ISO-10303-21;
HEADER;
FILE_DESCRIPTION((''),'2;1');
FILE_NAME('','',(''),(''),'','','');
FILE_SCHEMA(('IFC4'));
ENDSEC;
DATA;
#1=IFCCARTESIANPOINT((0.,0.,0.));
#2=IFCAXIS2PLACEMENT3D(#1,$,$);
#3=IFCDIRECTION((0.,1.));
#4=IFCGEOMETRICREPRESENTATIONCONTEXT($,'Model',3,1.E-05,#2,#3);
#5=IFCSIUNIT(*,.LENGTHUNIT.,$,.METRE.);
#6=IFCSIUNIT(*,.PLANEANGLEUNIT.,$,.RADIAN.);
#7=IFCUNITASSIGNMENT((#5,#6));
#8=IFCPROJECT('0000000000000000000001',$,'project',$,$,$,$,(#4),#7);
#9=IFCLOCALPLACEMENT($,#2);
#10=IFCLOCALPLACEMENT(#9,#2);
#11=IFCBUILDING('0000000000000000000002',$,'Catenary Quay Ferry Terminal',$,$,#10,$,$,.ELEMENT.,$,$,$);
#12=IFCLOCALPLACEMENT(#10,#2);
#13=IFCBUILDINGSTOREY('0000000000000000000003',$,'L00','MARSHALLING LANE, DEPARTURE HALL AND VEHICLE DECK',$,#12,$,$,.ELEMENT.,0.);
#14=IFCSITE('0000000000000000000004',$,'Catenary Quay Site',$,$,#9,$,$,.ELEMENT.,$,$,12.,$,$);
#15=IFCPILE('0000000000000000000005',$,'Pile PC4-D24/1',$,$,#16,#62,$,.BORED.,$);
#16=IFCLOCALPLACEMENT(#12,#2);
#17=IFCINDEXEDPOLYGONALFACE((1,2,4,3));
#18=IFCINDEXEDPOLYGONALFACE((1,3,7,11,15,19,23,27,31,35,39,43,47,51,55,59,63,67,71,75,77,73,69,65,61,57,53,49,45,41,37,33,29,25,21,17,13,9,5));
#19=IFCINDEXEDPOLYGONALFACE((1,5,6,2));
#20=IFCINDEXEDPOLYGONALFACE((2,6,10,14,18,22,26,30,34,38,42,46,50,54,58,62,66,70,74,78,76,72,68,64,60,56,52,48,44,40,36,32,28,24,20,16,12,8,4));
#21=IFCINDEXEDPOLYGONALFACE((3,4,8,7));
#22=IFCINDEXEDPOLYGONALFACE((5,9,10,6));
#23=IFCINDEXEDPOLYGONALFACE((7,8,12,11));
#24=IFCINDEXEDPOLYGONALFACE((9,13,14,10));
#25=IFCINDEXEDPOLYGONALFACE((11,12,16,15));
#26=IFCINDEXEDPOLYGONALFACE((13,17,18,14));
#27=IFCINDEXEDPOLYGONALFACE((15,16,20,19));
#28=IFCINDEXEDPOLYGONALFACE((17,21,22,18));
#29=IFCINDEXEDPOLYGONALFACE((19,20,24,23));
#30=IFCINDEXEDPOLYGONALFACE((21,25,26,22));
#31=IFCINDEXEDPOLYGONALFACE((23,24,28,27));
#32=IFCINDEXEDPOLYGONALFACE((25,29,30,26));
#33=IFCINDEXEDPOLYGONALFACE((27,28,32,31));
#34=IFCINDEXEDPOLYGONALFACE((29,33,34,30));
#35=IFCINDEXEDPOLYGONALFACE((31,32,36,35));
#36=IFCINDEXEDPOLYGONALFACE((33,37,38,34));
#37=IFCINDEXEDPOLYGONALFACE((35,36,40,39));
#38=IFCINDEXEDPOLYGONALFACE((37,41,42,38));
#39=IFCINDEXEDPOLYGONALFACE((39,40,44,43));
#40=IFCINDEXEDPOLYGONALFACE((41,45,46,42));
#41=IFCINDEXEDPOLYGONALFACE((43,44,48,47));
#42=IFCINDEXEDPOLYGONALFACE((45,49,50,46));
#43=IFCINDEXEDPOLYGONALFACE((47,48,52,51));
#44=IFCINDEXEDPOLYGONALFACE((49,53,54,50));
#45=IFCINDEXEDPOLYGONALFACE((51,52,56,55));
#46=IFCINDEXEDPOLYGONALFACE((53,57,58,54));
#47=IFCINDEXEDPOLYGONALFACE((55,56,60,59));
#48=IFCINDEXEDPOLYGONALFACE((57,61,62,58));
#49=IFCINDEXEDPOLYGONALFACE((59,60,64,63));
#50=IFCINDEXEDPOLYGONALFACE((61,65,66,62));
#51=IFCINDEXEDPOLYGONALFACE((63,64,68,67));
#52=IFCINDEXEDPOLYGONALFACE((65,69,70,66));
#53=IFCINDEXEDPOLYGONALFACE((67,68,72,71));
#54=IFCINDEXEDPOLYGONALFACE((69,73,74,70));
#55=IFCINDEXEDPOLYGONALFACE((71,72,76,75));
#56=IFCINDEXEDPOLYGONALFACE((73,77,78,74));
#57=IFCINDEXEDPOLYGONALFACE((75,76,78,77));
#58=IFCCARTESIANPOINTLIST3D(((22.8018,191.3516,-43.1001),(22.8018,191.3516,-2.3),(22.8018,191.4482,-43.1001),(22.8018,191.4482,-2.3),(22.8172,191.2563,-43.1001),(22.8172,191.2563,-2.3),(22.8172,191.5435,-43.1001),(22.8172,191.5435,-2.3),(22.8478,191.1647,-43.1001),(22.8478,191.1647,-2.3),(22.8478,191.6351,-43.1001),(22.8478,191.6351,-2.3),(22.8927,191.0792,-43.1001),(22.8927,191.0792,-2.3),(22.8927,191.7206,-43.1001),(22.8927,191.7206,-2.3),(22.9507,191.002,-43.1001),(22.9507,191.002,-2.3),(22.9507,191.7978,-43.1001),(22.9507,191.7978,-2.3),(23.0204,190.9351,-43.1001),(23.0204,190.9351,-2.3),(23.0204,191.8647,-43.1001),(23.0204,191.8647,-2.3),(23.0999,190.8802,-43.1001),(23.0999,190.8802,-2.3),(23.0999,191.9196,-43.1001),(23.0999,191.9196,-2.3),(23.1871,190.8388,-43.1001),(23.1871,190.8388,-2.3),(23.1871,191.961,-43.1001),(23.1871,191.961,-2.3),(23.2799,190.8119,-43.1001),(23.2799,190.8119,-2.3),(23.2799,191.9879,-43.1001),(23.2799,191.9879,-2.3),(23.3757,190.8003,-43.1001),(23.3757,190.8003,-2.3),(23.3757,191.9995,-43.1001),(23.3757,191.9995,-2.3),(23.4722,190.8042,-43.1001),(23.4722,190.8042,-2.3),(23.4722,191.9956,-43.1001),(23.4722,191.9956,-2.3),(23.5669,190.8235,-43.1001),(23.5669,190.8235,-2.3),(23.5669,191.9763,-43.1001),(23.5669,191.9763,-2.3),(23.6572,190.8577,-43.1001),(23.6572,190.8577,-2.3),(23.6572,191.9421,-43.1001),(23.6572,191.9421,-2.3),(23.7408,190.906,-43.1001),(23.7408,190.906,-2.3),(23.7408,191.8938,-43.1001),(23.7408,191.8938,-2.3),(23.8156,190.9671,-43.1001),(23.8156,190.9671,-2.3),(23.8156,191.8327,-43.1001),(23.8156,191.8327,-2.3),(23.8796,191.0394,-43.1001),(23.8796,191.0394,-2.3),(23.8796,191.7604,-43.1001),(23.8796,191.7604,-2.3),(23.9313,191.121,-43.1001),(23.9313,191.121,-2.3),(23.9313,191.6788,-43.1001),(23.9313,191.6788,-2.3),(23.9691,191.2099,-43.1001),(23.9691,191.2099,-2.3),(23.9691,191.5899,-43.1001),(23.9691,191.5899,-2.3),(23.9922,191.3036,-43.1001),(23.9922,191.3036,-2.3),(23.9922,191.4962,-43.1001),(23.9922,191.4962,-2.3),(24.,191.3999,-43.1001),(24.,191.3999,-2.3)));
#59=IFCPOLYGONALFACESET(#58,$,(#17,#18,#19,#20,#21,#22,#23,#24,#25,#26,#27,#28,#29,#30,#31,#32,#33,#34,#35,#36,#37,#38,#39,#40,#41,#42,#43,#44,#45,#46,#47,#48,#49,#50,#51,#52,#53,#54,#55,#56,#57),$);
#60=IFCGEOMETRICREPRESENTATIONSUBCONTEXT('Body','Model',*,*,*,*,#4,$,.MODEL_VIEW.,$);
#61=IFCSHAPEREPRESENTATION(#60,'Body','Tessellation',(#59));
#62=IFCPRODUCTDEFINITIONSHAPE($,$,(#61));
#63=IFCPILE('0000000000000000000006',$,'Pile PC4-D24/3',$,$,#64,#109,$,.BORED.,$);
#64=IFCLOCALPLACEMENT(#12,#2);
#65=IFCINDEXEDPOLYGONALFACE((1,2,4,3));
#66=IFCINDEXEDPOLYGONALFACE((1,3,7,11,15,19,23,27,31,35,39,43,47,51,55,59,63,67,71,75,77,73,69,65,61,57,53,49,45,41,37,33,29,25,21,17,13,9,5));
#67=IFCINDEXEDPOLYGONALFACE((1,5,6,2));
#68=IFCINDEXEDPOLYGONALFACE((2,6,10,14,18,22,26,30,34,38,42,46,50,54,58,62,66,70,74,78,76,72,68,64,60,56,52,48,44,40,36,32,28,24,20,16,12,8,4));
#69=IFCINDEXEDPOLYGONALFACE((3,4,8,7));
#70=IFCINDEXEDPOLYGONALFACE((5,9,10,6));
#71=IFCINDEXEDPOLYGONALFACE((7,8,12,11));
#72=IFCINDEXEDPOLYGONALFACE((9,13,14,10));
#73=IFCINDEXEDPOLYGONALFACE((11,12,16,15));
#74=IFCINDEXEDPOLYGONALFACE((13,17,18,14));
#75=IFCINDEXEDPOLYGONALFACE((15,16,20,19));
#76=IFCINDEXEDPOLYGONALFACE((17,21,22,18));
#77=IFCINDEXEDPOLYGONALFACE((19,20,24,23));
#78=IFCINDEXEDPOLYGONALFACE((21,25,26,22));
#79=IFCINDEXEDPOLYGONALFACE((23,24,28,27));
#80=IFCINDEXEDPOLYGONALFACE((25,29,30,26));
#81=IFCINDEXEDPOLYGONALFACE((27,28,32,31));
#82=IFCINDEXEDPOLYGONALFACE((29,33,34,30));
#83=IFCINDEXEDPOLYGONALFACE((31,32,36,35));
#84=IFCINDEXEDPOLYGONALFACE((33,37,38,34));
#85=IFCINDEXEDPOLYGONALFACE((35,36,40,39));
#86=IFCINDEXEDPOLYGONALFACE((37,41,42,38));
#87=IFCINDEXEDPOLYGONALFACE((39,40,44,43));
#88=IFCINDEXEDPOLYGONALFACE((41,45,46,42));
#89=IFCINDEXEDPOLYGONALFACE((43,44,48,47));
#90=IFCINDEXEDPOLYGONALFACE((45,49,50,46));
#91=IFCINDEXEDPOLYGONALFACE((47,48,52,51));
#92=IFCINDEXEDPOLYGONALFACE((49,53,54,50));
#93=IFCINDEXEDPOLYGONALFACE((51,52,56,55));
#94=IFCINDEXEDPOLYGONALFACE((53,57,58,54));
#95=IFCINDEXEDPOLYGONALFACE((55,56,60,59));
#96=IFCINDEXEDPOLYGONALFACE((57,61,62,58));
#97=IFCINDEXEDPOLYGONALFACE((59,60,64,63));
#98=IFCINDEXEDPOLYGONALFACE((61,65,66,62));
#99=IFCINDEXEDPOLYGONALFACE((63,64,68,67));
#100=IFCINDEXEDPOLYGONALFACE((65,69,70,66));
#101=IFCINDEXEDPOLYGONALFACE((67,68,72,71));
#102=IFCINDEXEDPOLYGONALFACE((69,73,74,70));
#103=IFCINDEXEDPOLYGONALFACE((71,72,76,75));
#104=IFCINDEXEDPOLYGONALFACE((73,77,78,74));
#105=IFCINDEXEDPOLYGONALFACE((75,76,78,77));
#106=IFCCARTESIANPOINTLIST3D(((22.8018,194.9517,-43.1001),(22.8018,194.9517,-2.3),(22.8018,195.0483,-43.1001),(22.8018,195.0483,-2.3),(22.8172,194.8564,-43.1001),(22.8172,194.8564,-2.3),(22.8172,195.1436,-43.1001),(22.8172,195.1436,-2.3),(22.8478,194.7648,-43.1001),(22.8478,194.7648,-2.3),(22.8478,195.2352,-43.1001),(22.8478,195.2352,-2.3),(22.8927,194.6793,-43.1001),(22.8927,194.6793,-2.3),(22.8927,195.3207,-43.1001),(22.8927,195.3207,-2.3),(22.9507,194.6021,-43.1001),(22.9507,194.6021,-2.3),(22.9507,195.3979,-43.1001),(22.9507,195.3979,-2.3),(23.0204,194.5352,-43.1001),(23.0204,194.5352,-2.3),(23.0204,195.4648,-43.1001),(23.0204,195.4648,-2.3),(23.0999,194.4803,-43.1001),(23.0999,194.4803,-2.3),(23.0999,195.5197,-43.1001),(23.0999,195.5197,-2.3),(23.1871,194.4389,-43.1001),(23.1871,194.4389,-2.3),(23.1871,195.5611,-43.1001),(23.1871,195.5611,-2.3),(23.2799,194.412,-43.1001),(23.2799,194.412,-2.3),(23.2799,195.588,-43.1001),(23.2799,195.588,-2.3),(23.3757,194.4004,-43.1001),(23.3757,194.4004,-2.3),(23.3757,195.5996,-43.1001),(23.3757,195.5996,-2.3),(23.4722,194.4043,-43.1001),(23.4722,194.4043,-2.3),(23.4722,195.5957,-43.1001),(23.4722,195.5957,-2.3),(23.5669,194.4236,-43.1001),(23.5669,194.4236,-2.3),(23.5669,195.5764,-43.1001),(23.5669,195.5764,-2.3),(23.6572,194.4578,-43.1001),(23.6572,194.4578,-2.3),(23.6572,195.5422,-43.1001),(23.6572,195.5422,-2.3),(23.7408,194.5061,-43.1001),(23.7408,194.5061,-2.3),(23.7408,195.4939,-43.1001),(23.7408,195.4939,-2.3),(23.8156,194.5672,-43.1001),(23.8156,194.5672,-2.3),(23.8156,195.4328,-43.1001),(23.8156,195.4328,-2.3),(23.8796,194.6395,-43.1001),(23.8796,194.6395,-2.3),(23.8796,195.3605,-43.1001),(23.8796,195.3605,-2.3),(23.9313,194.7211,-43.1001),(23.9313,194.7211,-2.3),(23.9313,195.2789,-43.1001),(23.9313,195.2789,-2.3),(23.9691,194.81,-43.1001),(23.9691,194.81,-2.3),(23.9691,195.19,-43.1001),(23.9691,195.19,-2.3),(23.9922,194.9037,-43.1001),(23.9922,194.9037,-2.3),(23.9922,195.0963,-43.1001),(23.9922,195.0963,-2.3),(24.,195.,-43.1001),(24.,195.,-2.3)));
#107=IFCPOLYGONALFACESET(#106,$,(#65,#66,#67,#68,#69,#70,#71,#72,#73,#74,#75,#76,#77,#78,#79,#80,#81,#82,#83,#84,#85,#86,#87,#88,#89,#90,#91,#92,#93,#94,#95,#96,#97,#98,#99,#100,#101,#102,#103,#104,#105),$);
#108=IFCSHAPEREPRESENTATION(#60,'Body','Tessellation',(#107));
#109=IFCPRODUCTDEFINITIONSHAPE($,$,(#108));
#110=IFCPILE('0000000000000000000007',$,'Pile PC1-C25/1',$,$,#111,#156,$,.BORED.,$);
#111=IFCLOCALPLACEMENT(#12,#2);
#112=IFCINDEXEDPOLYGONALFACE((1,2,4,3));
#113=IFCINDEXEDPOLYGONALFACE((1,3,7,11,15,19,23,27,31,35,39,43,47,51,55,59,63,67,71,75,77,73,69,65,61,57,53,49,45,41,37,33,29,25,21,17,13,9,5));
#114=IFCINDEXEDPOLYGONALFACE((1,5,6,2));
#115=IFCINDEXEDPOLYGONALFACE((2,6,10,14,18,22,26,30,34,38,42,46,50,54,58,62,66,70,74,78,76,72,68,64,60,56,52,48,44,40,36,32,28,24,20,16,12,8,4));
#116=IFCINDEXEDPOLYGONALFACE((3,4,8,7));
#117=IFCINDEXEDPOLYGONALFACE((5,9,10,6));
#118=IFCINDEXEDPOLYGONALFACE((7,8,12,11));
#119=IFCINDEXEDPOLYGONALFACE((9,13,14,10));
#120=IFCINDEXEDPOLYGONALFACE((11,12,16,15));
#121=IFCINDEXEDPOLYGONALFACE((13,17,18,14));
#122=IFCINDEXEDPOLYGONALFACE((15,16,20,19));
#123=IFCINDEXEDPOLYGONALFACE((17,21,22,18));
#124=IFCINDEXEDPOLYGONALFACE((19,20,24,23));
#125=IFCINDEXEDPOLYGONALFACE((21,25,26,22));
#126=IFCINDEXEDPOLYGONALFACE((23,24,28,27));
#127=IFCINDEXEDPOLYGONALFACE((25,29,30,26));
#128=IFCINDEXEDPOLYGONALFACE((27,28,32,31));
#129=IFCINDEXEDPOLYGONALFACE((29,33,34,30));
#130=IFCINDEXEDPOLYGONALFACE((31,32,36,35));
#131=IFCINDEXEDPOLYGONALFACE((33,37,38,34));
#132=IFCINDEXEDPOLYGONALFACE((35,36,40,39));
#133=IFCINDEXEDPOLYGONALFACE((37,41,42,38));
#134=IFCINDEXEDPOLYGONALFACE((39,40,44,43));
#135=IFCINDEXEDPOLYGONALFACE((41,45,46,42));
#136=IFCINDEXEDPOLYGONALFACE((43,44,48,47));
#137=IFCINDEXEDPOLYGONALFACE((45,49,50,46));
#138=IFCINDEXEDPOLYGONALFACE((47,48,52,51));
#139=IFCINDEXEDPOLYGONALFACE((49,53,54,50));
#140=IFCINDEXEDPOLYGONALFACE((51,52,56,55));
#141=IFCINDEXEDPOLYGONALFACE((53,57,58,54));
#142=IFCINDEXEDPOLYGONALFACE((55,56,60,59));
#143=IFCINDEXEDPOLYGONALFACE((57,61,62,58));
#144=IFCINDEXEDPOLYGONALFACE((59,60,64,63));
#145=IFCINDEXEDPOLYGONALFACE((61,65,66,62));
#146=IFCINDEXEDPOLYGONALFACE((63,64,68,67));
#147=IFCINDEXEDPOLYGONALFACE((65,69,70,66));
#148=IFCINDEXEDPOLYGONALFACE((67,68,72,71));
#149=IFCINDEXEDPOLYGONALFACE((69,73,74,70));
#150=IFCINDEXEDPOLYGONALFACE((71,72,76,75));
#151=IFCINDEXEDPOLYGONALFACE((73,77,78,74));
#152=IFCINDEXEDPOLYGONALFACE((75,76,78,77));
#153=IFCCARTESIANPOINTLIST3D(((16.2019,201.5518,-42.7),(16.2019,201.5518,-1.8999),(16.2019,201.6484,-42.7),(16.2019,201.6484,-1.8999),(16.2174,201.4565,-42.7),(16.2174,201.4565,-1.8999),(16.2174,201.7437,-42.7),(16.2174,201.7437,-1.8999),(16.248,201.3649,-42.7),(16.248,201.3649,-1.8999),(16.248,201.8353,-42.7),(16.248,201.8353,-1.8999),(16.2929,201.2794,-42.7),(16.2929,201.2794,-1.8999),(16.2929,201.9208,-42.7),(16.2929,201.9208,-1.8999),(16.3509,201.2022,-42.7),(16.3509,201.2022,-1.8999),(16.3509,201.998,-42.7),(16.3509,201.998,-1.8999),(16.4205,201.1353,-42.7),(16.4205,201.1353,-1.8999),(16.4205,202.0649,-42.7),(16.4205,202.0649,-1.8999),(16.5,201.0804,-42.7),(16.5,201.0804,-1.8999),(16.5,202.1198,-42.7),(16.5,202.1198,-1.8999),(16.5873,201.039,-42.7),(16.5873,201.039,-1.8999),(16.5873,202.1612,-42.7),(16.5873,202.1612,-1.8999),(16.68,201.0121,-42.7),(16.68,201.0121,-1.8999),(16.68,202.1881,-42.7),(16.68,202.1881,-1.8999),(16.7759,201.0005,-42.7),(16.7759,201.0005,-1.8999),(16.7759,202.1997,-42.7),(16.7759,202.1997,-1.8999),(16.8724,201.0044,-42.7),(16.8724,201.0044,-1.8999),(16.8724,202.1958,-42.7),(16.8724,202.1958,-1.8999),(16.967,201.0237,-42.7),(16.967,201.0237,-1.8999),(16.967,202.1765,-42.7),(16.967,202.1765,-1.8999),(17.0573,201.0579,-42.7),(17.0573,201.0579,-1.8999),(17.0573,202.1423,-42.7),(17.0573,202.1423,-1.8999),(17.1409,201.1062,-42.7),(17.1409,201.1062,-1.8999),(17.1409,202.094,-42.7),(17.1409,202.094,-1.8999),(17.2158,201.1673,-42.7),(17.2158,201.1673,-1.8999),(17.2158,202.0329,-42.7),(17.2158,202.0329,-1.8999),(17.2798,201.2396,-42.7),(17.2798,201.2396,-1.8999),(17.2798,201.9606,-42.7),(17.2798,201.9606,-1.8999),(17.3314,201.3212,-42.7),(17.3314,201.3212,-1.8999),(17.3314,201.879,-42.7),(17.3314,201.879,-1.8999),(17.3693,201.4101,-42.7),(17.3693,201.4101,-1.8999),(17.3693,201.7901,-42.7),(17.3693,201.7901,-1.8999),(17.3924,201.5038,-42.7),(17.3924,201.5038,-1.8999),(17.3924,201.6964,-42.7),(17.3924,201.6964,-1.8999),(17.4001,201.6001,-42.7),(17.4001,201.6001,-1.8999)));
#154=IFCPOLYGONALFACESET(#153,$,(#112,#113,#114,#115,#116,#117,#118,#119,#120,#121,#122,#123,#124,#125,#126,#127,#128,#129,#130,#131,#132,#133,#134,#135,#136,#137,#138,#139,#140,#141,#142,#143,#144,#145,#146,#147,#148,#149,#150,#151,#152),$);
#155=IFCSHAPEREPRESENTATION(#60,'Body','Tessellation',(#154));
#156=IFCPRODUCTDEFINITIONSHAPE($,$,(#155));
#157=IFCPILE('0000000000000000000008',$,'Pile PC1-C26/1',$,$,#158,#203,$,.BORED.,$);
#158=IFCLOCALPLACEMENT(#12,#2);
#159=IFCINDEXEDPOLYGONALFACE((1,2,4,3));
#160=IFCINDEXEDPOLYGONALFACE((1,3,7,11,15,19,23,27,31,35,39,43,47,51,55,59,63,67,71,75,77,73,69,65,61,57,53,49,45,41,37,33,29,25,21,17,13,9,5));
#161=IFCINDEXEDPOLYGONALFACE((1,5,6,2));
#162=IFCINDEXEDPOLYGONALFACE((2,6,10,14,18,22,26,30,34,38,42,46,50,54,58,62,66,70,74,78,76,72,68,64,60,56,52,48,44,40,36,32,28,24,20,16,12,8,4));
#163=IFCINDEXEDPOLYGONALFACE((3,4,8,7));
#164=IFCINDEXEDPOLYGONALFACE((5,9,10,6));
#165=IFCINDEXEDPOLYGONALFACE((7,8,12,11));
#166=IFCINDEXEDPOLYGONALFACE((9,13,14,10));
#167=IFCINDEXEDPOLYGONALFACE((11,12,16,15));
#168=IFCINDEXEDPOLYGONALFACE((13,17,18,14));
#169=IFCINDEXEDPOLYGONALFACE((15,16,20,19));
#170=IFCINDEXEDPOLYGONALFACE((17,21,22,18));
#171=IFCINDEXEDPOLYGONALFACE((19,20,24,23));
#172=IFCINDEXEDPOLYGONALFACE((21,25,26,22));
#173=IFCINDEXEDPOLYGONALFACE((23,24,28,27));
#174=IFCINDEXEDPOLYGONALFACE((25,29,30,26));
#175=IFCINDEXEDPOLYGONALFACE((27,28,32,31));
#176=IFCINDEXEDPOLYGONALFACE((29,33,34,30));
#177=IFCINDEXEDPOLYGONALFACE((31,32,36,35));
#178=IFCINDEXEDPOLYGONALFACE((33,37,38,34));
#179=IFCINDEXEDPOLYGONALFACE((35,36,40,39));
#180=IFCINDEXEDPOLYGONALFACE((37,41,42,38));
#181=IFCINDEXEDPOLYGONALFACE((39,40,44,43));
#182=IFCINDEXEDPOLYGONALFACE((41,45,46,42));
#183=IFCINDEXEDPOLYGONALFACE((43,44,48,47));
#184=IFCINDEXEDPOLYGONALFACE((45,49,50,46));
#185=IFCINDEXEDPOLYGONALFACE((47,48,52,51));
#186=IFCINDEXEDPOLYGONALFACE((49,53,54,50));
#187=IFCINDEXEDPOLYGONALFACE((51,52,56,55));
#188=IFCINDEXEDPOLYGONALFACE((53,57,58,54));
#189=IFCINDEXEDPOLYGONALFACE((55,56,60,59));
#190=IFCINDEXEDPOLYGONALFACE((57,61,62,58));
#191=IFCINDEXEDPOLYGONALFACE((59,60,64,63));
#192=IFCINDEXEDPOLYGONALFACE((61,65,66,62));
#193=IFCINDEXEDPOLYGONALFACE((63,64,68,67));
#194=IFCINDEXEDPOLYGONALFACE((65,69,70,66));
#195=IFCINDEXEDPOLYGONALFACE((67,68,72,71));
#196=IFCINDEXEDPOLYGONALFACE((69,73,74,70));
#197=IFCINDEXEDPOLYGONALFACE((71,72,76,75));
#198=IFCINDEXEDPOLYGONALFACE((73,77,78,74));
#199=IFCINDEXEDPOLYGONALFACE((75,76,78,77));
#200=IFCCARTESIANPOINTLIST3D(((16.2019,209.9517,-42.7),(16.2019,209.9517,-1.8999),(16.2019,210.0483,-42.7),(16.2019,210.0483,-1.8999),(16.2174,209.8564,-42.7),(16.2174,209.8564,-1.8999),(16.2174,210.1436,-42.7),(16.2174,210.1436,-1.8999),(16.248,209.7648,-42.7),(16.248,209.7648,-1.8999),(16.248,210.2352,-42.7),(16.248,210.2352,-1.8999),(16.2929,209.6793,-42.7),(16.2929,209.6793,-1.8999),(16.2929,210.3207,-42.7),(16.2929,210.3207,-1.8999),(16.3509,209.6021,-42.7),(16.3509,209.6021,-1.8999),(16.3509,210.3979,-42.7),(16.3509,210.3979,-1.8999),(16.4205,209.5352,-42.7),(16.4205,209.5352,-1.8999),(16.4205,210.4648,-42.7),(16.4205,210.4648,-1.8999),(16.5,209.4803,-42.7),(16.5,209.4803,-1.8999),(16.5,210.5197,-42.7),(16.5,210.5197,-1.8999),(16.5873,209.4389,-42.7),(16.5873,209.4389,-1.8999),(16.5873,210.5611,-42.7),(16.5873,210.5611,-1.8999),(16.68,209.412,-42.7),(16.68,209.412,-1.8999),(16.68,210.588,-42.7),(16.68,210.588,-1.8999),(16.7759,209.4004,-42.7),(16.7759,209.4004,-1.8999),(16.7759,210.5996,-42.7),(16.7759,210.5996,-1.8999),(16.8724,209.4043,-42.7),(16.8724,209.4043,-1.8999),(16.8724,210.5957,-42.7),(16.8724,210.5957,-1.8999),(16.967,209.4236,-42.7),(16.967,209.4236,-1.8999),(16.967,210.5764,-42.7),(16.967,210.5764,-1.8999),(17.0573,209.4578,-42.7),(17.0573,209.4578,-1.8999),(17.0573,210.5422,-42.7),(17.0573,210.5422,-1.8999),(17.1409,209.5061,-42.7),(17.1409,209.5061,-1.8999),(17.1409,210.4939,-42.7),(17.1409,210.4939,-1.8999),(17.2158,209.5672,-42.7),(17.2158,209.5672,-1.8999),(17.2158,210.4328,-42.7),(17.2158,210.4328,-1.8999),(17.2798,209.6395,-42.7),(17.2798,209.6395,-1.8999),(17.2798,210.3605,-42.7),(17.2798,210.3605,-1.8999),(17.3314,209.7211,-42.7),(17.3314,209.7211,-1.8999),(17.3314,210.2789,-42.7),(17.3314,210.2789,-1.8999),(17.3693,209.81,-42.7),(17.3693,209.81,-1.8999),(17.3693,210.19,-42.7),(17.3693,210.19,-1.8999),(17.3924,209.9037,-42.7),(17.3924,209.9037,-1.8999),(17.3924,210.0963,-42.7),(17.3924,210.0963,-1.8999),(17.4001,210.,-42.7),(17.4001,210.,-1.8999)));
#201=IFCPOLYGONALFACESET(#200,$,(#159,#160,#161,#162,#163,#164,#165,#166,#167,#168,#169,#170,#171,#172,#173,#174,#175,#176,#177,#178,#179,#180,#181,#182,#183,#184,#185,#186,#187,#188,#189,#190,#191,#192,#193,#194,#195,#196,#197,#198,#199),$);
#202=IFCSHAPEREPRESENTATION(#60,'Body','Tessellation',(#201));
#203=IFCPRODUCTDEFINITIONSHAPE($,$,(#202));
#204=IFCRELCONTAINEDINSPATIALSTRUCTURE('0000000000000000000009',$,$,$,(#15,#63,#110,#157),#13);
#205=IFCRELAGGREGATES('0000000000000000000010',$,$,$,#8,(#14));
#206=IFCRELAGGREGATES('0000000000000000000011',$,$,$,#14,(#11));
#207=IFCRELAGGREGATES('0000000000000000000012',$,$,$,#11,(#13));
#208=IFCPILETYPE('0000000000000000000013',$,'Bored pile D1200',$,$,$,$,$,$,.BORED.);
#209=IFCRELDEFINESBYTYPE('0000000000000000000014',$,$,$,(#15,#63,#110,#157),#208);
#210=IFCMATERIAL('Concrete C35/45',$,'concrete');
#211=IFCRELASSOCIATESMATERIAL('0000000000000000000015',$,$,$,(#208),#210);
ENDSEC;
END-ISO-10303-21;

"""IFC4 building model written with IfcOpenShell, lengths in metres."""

from ifc_helpers import new_model, si_unit, direction, frame, origin, origin_2d, place, context, subcontext, project, spatial, circle, extrude, material, material_profile, profile_set, type_object, element, save


model = new_model("IFC4")

# Units and contexts
model_context = context("Model", 3, precision=1e-05, world=origin(), true_north=direction((0.0, 1.0)))
body_context = subcontext(model_context, "Body", "Model", "MODEL_VIEW")
ifc_project = project(units=[si_unit("LENGTHUNIT", "METRE"), si_unit("PLANEANGLEUNIT", "RADIAN")], contexts=[model_context])

# Site, building, storey
site_placement = place(None, origin())
site = spatial("IfcSite", under=ifc_project, at=site_placement, Name="Catenary Quay Site", CompositionType="ELEMENT", RefElevation=12.0)
building_placement = place(site_placement, origin())
building = spatial("IfcBuilding", under=site, at=building_placement, Name="Catenary Quay Ferry Terminal", CompositionType="ELEMENT")
storey_placement = place(building_placement, origin())
storey = spatial("IfcBuildingStorey", under=building, at=storey_placement, Name="L00", Description="MARSHALLING LANE, DEPARTURE HALL AND VEHICLE DECK", CompositionType="ELEMENT", Elevation=0.0)

# Piles
ifc_material_1 = material(Name="Concrete C35/45", Category="concrete")
ifc_material_profile_1 = material_profile(ifc_material_1, circle(Radius=0.6001, at=origin_2d()), Name="D1200")
ifc_profile_set_1 = profile_set([ifc_material_profile_1], Name="Concrete C35/45")
pile_type = type_object("IfcPileType", Name="Bored pile D1200", PredefinedType="BORED", material=ifc_profile_set_1)
for number, where, z_axis, x_axis, name in (
    (1, (23.3999, 191.3999, -2.3), (0.0, 0.0, -1.0), (1.0, 0.0, 0.0), "Pile PC4-D24/1"),
    (2, (23.3999, 195.0, -2.3), (0.0, 0.0, -1.0), (1.0, 0.0, 0.0), "Pile PC4-D24/3"),
    (3, (16.8, 201.6001, -1.8999), (0.0, 0.0, -1.0), (1.0, 0.0, 0.0), "Pile PC1-C25/1"),
    (4, (16.8, 210.0, -1.8999), (0.0, 0.0, -1.0), (1.0, 0.0, 0.0), "Pile PC1-C26/1"),
):
    element("IfcPile", number, at=place(storey_placement, frame(where, z_axis=z_axis, x_axis=x_axis)), inside=storey, type_object=pile_type, Name=name, PredefinedType="BORED", context=body_context, shape_type="SweptSolid", body=[
        extrude(circle(Radius=0.6001, at=origin_2d()), origin(), (0.0, 0.0, 1.0), 40.8),
    ])

save(model, "model.ifc")
